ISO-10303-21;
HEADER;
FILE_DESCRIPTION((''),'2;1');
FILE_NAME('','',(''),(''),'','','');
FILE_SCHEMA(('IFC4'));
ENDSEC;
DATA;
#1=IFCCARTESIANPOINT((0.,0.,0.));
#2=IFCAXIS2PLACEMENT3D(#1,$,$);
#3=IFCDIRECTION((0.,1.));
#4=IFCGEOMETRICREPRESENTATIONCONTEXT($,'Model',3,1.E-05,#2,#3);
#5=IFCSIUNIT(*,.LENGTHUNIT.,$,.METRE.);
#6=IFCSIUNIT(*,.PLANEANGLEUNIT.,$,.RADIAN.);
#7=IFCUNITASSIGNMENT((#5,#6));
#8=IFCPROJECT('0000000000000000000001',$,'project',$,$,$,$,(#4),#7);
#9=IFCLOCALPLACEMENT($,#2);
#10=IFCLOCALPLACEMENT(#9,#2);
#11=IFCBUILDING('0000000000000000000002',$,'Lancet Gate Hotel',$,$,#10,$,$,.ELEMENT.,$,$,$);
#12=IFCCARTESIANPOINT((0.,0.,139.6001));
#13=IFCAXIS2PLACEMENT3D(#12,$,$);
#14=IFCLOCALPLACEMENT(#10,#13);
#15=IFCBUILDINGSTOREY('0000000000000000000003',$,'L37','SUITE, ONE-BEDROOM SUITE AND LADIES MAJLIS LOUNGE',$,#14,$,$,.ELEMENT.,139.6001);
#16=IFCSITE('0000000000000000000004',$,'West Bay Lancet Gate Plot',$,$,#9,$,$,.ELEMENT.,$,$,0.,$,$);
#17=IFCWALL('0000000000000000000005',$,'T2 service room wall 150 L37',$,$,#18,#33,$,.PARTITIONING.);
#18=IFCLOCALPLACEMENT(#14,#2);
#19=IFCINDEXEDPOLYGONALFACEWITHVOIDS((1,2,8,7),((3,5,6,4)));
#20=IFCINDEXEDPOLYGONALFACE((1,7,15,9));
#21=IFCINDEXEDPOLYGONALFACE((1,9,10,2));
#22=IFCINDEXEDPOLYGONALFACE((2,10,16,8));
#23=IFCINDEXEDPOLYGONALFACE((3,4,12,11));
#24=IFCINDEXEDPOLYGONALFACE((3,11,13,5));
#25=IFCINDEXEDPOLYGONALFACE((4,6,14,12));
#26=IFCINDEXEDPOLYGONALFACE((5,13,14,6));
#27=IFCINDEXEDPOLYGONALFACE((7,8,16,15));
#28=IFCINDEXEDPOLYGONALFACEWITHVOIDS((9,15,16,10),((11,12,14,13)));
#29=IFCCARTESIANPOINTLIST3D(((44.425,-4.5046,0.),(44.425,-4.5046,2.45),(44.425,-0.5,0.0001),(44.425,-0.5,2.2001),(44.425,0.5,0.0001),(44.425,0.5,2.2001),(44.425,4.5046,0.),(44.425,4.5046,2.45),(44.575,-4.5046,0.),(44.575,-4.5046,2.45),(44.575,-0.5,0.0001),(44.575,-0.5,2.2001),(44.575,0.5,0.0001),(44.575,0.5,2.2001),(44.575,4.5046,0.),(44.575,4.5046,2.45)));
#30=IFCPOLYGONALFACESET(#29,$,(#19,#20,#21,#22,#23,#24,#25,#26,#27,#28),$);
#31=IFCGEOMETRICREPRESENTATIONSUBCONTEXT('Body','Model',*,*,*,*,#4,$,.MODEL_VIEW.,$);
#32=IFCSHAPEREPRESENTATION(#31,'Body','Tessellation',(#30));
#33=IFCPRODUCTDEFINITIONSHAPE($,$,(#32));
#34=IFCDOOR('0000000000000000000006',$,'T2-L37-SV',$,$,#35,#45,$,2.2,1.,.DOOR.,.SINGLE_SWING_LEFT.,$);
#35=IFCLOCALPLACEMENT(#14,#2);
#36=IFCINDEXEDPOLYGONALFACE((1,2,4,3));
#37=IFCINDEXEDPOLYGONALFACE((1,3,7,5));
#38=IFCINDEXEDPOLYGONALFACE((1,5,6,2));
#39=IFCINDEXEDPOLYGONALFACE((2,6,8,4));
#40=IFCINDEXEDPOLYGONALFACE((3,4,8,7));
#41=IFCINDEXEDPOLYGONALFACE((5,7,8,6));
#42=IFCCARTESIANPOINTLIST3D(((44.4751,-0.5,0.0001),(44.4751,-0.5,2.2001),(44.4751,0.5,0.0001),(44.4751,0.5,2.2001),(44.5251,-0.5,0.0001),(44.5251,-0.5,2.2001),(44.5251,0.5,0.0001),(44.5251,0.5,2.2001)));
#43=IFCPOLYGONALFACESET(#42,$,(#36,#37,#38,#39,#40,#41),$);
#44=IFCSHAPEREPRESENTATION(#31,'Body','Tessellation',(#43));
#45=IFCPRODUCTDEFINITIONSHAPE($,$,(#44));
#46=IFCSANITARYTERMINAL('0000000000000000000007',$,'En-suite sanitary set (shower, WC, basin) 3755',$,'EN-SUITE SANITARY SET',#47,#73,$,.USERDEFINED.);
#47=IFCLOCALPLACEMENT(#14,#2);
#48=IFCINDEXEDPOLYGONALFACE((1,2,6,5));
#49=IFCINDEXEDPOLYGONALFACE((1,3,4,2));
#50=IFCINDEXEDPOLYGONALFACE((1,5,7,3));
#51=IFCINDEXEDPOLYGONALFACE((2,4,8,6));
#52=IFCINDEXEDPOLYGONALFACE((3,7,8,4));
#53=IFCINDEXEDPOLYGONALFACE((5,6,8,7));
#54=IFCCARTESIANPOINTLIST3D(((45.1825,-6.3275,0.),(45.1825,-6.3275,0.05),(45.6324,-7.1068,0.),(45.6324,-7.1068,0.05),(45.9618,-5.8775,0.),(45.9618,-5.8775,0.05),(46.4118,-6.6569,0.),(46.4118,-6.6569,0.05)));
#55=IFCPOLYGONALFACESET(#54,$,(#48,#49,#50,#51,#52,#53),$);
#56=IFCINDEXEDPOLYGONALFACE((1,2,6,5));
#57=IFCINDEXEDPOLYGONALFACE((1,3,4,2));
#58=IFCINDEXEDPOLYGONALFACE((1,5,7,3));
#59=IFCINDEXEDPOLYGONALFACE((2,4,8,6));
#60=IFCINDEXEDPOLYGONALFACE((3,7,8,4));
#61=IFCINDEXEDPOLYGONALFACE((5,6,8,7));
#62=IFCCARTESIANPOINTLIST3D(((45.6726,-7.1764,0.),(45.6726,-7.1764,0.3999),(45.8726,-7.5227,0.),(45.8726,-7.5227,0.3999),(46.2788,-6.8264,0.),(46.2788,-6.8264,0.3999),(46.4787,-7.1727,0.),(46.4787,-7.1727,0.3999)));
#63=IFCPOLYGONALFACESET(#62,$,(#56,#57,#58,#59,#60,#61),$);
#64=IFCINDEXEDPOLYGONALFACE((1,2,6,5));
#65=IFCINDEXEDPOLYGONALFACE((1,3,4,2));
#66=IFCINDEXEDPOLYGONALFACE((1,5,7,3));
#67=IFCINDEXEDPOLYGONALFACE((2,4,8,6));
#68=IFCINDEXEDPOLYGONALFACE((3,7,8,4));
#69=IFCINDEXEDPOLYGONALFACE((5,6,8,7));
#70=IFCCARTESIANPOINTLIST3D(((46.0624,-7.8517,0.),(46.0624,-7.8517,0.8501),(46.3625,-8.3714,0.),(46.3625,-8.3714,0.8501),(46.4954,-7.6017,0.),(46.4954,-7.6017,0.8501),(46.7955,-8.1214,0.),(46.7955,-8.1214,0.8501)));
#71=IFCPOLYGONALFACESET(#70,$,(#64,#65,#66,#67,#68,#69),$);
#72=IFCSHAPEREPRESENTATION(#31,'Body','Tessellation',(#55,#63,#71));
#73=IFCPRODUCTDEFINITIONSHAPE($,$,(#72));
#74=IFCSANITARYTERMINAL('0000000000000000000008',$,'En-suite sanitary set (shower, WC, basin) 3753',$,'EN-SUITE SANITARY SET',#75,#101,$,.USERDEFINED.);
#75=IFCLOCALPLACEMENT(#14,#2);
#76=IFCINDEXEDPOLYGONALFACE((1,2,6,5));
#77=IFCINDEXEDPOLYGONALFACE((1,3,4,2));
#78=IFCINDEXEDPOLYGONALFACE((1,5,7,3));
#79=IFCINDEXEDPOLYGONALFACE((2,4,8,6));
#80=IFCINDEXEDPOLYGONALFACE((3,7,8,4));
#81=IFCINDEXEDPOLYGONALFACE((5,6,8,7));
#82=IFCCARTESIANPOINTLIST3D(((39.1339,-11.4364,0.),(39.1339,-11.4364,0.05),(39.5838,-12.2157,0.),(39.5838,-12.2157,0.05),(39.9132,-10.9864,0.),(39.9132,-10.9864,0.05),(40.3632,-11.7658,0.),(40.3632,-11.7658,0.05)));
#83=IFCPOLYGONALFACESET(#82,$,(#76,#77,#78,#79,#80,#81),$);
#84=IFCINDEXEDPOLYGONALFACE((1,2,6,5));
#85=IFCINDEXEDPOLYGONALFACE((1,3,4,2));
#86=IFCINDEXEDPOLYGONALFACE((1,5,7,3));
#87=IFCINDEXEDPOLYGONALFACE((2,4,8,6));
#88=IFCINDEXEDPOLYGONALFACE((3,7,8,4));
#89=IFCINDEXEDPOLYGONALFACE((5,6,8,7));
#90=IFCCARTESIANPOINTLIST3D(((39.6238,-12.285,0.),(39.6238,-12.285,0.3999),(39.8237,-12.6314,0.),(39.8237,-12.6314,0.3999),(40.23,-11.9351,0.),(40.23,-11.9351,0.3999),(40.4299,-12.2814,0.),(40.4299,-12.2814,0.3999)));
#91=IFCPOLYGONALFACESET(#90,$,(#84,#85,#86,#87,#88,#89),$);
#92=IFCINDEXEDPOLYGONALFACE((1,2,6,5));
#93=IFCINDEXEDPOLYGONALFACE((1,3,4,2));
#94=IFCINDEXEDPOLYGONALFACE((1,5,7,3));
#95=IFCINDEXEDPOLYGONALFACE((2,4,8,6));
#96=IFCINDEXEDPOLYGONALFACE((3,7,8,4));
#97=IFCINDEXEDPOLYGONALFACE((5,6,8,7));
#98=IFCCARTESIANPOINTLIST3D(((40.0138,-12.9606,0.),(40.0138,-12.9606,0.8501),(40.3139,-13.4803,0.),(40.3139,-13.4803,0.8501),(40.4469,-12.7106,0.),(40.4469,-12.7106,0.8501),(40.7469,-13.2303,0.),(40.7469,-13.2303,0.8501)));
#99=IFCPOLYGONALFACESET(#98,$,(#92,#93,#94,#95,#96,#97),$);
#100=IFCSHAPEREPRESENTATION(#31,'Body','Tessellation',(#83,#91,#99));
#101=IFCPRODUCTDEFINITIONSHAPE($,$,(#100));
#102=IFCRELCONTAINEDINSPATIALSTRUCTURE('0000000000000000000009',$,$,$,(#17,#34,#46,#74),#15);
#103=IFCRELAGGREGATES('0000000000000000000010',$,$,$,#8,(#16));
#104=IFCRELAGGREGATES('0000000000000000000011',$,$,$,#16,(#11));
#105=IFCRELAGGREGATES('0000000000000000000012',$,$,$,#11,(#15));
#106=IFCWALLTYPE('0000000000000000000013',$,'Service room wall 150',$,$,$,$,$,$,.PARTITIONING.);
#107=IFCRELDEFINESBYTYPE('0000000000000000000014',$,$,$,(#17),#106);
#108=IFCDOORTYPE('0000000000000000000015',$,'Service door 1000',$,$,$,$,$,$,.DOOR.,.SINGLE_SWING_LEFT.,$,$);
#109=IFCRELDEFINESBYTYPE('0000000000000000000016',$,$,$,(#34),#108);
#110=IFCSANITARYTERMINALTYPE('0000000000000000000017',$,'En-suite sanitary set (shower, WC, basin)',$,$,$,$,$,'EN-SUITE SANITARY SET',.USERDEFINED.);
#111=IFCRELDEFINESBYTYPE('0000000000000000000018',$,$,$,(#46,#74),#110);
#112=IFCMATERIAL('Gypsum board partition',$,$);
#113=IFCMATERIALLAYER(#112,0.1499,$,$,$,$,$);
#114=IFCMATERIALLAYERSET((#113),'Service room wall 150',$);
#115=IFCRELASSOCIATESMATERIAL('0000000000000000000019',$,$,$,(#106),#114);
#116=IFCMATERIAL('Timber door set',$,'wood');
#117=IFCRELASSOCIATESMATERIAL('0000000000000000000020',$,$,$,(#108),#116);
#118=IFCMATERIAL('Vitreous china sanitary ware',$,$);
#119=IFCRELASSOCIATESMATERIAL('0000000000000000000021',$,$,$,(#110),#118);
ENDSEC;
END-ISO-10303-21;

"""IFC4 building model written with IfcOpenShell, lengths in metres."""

from ifc_helpers import new_model, si_unit, direction, frame, frame_2d, origin, origin_2d, place, context, subcontext, project, spatial, rectangle, extrude, material, layer, layer_set, type_object, element, fill, save


model = new_model("IFC4")

# Units and contexts
model_context = context("Model", 3, precision=1e-05, world=origin(), true_north=direction((0.0, 1.0)))
body_context = subcontext(model_context, "Body", "Model", "MODEL_VIEW")
ifc_project = project(units=[si_unit("LENGTHUNIT", "METRE"), si_unit("PLANEANGLEUNIT", "RADIAN")], contexts=[model_context])

# Site, building, storey
site_placement = place(None, origin())
site = spatial("IfcSite", under=ifc_project, at=site_placement, Name="West Bay Lancet Gate Plot", CompositionType="ELEMENT", RefElevation=0.0)
building_placement = place(site_placement, origin())
building = spatial("IfcBuilding", under=site, at=building_placement, Name="Lancet Gate Hotel", CompositionType="ELEMENT")
storey_placement = place(building_placement, frame((0.0, 0.0, 139.6001)))
storey = spatial("IfcBuildingStorey", under=building, at=storey_placement, Name="L37", Description="SUITE, ONE-BEDROOM SUITE AND LADIES MAJLIS LOUNGE", CompositionType="ELEMENT", Elevation=139.6001)

# Shared definitions
ifc_material_1 = material(Name="Gypsum board partition")
ifc_layer_1 = layer(ifc_material_1, 0.1499)
ifc_layer_set_1 = layer_set([ifc_layer_1], Name="Service room wall 150")
wall_type_1 = type_object("IfcWallType", Name="Service room wall 150", PredefinedType="PARTITIONING", material=ifc_layer_set_1)

# Wall, opening, door
wall_1_placement = place(storey_placement, frame((44.5, -4.5046, 0.0), z_axis=(0.0, 0.0, 1.0), x_axis=(0.0, 1.0, 0.0)))
wall_1 = element("IfcWall", 1, at=wall_1_placement, inside=storey, type_object=wall_type_1, Name="T2 service room wall 150 L37", PredefinedType="PARTITIONING", context=body_context, shape_type="SweptSolid", body=[
    extrude(rectangle(XDim=9.0093, YDim=0.1499, at=frame_2d((4.5046, 0.0))), origin(), (0.0, 0.0, 1.0), 2.45),
])
opening_1_placement = place(wall_1_placement, frame((4.0046, 0.0, 0.0)))
opening_1 = element("IfcOpeningElement", 2, at=opening_1_placement, cuts=wall_1, PredefinedType="OPENING", context=body_context, shape_type="SweptSolid", body=[
    extrude(rectangle(XDim=1.0, YDim=2.2, at=frame_2d((0.5, 1.1001))), frame((0.0, 0.085, 0.0), z_axis=(0.0, -1.0, 0.0), x_axis=(1.0, 0.0, 0.0)), (0.0, 0.0, 1.0), 0.1699),
])
ifc_material_2 = material(Name="Timber door set", Category="wood")
door_type_1 = type_object("IfcDoorType", Name="Service door 1000", OperationType="SINGLE_SWING_LEFT", PredefinedType="DOOR", material=ifc_material_2)
door_1_placement = place(opening_1_placement, origin())
door_1 = element("IfcDoor", 3, at=door_1_placement, inside=storey, type_object=door_type_1, Name="T2-L37-SV", OperationType="SINGLE_SWING_LEFT", OverallHeight=2.2, OverallWidth=1.0, PredefinedType="DOOR", context=body_context, shape_type="SweptSolid", body=[
    extrude(rectangle(XDim=1.0, YDim=2.2, at=frame_2d((0.5, 1.1001))), frame((0.0, 0.0249, 0.0), z_axis=(0.0, -1.0, 0.0), x_axis=(1.0, 0.0, 0.0)), (0.0, 0.0, 1.0), 0.05),
])
fill(opening_1, door_1)

# Sanitary terminals
ifc_material_3 = material(Name="Vitreous china sanitary ware")
sanitary_terminal_type = type_object("IfcSanitaryTerminalType", Name="En-suite sanitary set (shower, WC, basin)", ElementType="EN-SUITE SANITARY SET", PredefinedType="USERDEFINED", material=ifc_material_3)
sanitary_terminal_1_placement = place(storey_placement, frame((45.7971, -6.4922, 0.0), z_axis=(0.0, 0.0, 1.0), x_axis=(1.0, 0.0, 0.0)))
element("IfcSanitaryTerminal", 4, at=sanitary_terminal_1_placement, inside=storey, type_object=sanitary_terminal_type, Name="En-suite sanitary set (shower, WC, basin) 3755", ObjectType="EN-SUITE SANITARY SET", PredefinedType="USERDEFINED", context=body_context, shape_type="SweptSolid", body=[
    extrude(rectangle(XDim=0.8999, YDim=0.8999, at=origin_2d()), frame((0.0, 0.0, 0.0), z_axis=(0.0, 0.0, 1.0), x_axis=(-0.5, 0.866025, 0.0)), (0.0, 0.0, 1.0), 0.05),
    extrude(rectangle(XDim=0.3999, YDim=0.7, at=origin_2d()), frame((0.2786, -0.6824, 0.0), z_axis=(0.0, 0.0, 1.0), x_axis=(-0.5, 0.866025, 0.0)), (0.0, 0.0, 1.0), 0.3999),
    extrude(rectangle(XDim=0.6001, YDim=0.5, at=origin_2d()), frame((0.6318, -1.4944, 0.0), z_axis=(0.0, 0.0, 1.0), x_axis=(-0.5, 0.866025, 0.0)), (0.0, 0.0, 1.0), 0.8501),
])
sanitary_terminal_2_placement = place(storey_placement, frame((39.7485, -11.6011, 0.0), z_axis=(0.0, 0.0, 1.0), x_axis=(1.0, 0.0, 0.0)))
element("IfcSanitaryTerminal", 5, at=sanitary_terminal_2_placement, inside=storey, type_object=sanitary_terminal_type, Name="En-suite sanitary set (shower, WC, basin) 3753", ObjectType="EN-SUITE SANITARY SET", PredefinedType="USERDEFINED", context=body_context, shape_type="SweptSolid", body=[
    extrude(rectangle(XDim=0.8999, YDim=0.8999, at=origin_2d()), frame((0.0, 0.0, 0.0), z_axis=(0.0, 0.0, 1.0), x_axis=(-0.5, 0.866025, 0.0)), (0.0, 0.0, 1.0), 0.05),
    extrude(rectangle(XDim=0.3999, YDim=0.7, at=origin_2d()), frame((0.2783, -0.6821, 0.0), z_axis=(0.0, 0.0, 1.0), x_axis=(-0.5, 0.866025, 0.0)), (0.0, 0.0, 1.0), 0.3999),
    extrude(rectangle(XDim=0.6001, YDim=0.5, at=origin_2d()), frame((0.6318, -1.4944, 0.0), z_axis=(0.0, 0.0, 1.0), x_axis=(-0.5, 0.866025, 0.0)), (0.0, 0.0, 1.0), 0.8501),
])

save(model, "model.ifc")
